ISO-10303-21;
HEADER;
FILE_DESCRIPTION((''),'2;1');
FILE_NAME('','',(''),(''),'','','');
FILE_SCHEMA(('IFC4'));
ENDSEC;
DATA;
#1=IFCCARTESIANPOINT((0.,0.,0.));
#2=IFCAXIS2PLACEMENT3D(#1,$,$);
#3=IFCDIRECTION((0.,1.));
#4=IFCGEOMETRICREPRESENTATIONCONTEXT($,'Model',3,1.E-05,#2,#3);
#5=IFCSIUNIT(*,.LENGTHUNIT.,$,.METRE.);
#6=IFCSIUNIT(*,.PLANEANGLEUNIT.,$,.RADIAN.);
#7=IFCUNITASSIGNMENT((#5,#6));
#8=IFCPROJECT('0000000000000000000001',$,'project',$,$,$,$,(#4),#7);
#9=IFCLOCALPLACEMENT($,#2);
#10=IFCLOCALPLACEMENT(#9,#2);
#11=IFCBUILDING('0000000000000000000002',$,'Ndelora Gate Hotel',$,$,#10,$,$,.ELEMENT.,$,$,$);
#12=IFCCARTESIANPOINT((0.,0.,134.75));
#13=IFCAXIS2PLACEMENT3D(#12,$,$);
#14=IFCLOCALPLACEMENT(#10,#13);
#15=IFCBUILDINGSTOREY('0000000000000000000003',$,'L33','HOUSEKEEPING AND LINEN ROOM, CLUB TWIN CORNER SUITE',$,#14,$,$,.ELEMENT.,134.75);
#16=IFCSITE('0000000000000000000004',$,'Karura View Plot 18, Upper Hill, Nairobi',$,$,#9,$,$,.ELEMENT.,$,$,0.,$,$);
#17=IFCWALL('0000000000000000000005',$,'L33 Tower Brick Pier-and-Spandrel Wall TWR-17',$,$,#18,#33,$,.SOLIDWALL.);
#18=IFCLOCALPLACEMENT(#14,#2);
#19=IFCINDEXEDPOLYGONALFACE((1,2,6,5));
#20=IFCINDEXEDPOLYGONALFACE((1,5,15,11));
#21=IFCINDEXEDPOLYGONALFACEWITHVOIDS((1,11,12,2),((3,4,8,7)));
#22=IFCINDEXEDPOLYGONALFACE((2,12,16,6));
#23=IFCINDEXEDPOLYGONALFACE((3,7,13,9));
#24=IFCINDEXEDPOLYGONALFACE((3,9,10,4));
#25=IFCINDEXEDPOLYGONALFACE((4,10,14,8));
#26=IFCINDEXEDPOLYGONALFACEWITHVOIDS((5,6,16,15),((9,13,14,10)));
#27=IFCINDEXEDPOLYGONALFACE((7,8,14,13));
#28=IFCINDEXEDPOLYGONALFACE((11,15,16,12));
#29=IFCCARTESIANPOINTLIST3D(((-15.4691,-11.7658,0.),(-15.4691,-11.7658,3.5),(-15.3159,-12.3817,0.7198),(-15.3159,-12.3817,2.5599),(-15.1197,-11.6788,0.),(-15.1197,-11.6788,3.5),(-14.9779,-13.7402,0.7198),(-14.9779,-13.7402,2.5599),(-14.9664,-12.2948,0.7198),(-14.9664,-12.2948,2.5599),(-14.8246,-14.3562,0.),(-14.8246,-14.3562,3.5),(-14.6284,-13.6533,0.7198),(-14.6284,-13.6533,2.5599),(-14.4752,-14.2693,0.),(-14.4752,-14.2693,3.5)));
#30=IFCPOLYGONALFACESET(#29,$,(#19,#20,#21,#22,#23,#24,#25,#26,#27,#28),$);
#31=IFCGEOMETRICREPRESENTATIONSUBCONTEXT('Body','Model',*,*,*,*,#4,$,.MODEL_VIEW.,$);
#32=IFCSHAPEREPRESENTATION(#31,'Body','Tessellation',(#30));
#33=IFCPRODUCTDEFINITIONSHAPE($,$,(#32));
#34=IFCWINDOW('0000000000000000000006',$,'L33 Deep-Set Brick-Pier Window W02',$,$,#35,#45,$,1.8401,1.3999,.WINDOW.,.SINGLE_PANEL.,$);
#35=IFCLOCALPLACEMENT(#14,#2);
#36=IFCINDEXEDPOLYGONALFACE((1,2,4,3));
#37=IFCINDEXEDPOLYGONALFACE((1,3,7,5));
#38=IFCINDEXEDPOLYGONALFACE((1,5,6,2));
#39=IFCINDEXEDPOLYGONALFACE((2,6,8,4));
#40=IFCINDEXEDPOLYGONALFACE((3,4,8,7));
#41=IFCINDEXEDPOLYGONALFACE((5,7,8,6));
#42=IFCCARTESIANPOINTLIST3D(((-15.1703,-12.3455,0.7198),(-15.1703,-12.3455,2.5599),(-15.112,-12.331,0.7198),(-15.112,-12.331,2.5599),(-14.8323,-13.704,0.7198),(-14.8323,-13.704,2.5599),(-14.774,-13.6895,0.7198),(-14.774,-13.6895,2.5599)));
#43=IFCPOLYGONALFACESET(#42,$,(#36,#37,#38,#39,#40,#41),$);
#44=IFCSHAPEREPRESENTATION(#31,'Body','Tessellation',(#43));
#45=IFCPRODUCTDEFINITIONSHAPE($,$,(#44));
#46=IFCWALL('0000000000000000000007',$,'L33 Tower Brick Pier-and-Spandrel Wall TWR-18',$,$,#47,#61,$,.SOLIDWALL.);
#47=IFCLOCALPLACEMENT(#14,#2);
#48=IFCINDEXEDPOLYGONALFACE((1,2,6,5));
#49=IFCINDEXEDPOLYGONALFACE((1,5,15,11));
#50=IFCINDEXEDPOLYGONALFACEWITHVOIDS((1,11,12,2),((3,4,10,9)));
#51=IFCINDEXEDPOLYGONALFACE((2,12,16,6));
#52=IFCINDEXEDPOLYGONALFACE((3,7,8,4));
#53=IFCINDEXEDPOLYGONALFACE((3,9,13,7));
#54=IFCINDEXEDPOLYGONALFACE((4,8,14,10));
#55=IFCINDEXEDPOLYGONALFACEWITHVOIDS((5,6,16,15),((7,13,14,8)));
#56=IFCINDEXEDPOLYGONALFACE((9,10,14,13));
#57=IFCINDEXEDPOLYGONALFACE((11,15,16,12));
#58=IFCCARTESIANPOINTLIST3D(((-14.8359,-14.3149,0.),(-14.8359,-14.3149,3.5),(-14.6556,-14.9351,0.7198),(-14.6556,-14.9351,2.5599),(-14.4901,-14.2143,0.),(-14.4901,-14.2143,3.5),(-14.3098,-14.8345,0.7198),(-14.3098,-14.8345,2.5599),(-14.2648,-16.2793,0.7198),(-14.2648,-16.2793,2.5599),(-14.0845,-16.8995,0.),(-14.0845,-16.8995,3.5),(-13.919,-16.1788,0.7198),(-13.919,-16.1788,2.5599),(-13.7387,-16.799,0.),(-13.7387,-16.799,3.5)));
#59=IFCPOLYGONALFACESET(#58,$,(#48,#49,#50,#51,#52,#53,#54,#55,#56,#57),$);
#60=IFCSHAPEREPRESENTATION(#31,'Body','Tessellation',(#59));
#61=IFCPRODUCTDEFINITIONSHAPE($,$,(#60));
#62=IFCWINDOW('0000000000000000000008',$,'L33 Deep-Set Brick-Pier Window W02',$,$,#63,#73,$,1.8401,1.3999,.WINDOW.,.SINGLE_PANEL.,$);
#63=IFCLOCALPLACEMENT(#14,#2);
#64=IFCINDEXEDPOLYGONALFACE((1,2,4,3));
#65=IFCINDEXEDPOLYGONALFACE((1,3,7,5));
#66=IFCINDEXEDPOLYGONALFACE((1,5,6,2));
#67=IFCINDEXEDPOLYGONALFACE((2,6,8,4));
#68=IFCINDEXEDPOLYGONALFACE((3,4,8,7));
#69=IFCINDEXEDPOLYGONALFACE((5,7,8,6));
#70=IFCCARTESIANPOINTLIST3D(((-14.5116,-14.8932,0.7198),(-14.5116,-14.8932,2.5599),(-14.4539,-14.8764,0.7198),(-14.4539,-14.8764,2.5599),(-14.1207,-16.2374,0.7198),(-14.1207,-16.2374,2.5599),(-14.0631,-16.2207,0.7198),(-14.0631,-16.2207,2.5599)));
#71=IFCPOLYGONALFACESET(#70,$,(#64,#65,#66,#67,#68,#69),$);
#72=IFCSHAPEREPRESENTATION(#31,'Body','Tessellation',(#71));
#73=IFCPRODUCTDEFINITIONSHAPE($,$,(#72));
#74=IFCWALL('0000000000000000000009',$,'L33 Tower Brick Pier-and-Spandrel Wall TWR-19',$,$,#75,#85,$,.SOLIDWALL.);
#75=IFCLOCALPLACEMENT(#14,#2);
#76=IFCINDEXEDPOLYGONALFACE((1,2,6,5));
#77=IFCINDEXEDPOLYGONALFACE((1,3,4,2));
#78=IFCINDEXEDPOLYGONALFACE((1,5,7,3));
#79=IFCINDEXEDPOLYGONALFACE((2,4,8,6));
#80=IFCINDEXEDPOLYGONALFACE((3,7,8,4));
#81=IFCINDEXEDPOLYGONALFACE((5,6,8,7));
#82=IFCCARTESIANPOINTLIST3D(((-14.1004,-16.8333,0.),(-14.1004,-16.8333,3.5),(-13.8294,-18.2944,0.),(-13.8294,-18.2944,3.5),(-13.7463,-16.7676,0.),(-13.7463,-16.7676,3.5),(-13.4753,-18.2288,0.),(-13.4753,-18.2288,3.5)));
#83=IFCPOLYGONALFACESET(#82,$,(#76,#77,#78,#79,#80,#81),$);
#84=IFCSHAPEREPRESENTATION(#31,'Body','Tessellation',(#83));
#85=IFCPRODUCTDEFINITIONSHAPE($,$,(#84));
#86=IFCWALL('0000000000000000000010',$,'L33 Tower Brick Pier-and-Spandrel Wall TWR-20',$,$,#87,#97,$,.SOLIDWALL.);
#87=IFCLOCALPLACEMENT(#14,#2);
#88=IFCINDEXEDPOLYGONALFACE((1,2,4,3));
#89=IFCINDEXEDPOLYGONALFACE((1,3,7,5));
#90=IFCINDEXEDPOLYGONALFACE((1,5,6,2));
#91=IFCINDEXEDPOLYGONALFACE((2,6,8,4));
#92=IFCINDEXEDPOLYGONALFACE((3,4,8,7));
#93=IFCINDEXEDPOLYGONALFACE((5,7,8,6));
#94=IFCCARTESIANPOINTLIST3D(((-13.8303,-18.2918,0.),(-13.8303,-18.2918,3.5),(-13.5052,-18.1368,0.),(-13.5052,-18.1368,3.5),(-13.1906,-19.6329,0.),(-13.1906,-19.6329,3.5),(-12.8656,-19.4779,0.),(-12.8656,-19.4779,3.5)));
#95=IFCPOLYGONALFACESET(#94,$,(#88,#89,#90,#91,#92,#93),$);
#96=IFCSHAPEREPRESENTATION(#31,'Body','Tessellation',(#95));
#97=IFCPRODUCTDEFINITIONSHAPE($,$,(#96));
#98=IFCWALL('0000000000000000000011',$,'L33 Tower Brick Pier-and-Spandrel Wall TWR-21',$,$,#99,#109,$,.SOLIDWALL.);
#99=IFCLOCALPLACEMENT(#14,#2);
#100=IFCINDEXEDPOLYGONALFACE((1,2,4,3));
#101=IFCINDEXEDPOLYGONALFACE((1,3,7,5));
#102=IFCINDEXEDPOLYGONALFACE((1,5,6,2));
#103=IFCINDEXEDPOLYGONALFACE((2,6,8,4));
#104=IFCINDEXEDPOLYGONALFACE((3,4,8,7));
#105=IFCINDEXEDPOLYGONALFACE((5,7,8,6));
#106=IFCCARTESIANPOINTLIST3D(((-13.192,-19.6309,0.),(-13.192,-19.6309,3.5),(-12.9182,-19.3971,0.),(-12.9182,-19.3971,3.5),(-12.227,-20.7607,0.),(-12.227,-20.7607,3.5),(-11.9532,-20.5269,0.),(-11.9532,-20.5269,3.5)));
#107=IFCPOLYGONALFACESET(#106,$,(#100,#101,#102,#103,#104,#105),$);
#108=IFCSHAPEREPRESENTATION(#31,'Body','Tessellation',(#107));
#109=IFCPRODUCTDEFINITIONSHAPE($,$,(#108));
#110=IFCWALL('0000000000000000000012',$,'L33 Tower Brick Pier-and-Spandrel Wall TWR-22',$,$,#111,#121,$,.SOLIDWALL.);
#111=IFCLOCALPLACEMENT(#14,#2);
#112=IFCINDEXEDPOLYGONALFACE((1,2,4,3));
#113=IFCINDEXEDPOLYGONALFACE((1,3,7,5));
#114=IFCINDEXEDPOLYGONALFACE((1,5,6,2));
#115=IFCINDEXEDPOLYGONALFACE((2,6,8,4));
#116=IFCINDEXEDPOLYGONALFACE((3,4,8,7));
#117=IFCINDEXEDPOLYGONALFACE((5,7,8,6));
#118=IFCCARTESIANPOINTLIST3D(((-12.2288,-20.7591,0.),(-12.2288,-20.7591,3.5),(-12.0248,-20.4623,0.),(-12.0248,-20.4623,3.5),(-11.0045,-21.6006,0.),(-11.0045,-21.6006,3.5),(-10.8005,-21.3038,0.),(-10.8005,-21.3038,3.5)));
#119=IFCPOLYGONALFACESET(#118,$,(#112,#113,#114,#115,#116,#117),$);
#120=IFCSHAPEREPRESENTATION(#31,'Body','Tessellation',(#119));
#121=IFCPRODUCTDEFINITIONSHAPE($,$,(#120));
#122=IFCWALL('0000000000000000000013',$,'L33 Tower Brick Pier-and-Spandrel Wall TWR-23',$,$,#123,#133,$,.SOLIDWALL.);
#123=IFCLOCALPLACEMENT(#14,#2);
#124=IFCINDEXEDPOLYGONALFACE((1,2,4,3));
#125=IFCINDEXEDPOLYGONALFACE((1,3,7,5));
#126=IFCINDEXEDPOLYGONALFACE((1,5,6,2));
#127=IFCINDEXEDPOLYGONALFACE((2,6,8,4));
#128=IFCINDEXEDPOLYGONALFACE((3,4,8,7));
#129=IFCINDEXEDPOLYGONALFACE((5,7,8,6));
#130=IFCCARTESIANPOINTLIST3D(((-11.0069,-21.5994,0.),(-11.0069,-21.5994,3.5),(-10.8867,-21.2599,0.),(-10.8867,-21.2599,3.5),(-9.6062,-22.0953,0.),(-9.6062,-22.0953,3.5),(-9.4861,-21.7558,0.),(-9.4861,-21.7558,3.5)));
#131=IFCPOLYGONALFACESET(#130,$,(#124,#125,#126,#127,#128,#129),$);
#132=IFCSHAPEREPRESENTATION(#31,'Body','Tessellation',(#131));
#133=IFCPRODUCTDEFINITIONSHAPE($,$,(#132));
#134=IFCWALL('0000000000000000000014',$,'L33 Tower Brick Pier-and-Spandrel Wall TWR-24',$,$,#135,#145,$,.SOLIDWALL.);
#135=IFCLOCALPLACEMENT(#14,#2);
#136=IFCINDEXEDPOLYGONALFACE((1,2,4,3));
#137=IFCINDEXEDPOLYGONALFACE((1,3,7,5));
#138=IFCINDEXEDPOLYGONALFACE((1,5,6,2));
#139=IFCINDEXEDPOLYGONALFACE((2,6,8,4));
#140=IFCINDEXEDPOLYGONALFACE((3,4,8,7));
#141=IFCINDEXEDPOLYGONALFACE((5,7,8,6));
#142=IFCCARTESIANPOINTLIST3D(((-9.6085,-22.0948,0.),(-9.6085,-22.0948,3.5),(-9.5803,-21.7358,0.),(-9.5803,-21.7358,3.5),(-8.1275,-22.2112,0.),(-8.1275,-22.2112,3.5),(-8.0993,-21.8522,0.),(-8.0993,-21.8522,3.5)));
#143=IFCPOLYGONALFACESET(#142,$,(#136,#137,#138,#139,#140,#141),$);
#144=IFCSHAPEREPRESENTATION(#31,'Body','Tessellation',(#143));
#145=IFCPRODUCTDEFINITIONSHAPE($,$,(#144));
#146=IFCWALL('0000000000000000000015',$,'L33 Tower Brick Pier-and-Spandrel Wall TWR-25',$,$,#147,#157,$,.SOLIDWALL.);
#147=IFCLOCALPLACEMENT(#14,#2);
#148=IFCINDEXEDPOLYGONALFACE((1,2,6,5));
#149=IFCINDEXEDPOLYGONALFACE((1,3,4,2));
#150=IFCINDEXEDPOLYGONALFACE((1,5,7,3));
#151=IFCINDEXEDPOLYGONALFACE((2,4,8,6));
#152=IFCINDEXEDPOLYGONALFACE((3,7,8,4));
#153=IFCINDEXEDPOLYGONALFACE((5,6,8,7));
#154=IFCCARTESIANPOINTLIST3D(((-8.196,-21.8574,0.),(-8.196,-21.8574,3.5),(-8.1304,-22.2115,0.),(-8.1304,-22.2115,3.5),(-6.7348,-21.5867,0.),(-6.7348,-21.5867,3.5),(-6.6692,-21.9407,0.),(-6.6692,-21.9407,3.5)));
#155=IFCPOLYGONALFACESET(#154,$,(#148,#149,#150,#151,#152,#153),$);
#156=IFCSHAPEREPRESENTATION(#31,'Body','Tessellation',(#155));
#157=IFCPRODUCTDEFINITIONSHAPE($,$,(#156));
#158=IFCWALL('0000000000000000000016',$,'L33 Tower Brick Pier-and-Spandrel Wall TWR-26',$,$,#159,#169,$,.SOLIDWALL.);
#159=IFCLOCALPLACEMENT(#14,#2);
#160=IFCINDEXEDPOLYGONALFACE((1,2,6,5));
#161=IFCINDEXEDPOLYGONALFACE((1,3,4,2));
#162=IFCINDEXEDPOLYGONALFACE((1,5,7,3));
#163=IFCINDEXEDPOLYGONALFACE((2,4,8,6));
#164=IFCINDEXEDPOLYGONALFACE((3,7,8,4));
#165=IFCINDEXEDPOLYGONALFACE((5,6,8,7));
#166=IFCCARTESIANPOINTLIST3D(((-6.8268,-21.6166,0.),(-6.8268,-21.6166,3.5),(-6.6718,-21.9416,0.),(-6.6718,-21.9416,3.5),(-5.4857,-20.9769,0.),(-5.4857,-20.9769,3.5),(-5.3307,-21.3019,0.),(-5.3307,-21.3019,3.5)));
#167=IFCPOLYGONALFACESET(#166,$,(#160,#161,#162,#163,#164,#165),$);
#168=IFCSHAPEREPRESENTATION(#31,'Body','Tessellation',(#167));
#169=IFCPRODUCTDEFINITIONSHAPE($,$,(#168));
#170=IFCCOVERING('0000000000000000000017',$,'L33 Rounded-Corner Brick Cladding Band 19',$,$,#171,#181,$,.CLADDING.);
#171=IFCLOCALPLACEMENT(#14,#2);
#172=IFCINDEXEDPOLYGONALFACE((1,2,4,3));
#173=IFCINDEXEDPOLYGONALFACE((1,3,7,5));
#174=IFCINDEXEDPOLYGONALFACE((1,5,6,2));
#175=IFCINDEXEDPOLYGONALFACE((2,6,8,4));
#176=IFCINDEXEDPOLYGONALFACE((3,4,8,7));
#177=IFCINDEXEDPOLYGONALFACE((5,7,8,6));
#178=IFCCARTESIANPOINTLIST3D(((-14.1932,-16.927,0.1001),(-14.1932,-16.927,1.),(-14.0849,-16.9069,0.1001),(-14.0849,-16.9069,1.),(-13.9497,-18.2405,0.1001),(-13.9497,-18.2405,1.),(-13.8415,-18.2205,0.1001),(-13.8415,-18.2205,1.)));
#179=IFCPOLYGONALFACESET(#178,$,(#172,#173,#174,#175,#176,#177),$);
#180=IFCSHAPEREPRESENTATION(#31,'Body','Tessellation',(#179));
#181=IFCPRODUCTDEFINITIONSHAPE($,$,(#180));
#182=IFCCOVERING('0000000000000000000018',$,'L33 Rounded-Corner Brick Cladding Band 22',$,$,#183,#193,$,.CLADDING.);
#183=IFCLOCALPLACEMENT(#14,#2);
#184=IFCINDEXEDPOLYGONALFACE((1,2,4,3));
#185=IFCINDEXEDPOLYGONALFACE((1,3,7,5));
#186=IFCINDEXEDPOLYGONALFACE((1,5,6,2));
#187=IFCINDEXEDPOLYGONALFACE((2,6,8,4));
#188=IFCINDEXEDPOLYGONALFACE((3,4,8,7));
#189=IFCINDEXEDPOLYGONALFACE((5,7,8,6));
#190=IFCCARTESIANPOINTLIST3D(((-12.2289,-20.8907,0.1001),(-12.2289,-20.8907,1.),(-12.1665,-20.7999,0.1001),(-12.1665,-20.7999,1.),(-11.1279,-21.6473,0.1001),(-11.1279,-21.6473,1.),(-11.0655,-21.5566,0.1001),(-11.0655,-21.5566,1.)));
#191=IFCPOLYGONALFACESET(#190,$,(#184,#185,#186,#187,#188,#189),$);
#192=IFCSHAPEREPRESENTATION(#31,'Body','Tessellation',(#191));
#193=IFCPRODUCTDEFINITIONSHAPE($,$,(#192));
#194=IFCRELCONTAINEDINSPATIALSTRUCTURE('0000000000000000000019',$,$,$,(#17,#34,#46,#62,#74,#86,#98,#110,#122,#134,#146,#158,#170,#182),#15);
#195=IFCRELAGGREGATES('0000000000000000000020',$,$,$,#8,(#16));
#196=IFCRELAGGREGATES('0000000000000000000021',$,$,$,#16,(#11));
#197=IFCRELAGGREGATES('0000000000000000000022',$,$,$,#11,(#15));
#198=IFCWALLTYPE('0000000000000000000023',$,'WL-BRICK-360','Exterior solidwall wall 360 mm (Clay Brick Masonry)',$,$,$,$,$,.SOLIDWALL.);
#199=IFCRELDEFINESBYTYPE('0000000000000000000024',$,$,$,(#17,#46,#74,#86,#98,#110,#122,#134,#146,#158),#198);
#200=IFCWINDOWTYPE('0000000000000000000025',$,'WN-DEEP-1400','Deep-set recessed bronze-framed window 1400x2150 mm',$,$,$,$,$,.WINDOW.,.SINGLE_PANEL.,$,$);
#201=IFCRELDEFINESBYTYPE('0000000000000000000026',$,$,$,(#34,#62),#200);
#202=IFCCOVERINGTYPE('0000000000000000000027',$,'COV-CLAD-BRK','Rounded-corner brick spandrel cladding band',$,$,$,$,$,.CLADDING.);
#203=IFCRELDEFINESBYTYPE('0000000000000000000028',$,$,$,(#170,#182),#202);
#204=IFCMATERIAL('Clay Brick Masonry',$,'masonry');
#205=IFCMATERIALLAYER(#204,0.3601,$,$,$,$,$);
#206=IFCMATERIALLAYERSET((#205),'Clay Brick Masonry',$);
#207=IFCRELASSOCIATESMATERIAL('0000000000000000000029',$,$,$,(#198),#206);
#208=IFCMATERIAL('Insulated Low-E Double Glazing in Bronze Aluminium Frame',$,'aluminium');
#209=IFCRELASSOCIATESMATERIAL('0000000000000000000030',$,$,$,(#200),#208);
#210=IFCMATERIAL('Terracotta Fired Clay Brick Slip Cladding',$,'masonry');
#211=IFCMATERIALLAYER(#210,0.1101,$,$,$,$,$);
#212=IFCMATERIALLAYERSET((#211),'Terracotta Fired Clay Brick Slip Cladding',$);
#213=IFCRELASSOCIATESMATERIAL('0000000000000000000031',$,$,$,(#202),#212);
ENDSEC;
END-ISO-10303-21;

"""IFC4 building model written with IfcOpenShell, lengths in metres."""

from ifc_helpers import new_model, si_unit, direction, frame, frame_2d, origin, origin_2d, place, context, subcontext, project, spatial, rectangle, extrude, material, layer, layer_set, type_object, element, fill, save


model = new_model("IFC4")

# Units and contexts
model_context = context("Model", 3, precision=1e-05, world=origin(), true_north=direction((0.0, 1.0)))
body_context = subcontext(model_context, "Body", "Model", "MODEL_VIEW")
ifc_project = project(units=[si_unit("LENGTHUNIT", "METRE"), si_unit("PLANEANGLEUNIT", "RADIAN")], contexts=[model_context])

# Site, building, storey
site_placement = place(None, origin())
site = spatial("IfcSite", under=ifc_project, at=site_placement, Name="Karura View Plot 18, Upper Hill, Nairobi", CompositionType="ELEMENT", RefElevation=0.0)
building_placement = place(site_placement, origin())
building = spatial("IfcBuilding", under=site, at=building_placement, Name="Ndelora Gate Hotel", CompositionType="ELEMENT")
storey_placement = place(building_placement, frame((0.0, 0.0, 134.75)))
storey = spatial("IfcBuildingStorey", under=building, at=storey_placement, Name="L33", Description="HOUSEKEEPING AND LINEN ROOM, CLUB TWIN CORNER SUITE", CompositionType="ELEMENT", Elevation=134.75)

# Walls, openings, windows
ifc_material_1 = material(Name="Clay Brick Masonry", Category="masonry")
ifc_layer_1 = layer(ifc_material_1, 0.3601)
ifc_layer_set_1 = layer_set([ifc_layer_1], Name="Clay Brick Masonry")
wall_type = type_object("IfcWallType", Name="WL-BRICK-360", Description="Exterior solidwall wall 360 mm (Clay Brick Masonry)", PredefinedType="SOLIDWALL", material=ifc_layer_set_1)
ifc_material_2 = material(Name="Insulated Low-E Double Glazing in Bronze Aluminium Frame", Category="aluminium")
wall_1_placement = place(storey_placement, frame((-14.6499, -14.3127, 0.0), z_axis=(0.0, 0.0, 1.0), x_axis=(-0.241438, 0.970416, 0.0)))
wall_1 = element("IfcWall", 1, at=wall_1_placement, inside=storey, type_object=wall_type, Name="L33 Tower Brick Pier-and-Spandrel Wall TWR-17", PredefinedType="SOLIDWALL", context=body_context, shape_type="SweptSolid", body=[
    extrude(rectangle(XDim=2.6694, YDim=0.3601, at=frame_2d((1.3347, 0.0))), origin(), (0.0, 0.0, 1.0), 3.5),
])
opening_1_placement = place(wall_1_placement, frame((0.6348, 0.0, 0.72)))
opening_1 = element("IfcOpeningElement", 2, at=opening_1_placement, cuts=wall_1, PredefinedType="OPENING", context=body_context, shape_type="SweptSolid", body=[
    extrude(rectangle(XDim=1.3999, YDim=1.8401, at=frame_2d((0.7, 0.9199))), frame((0.0, 0.1899, 0.0), z_axis=(0.0, -1.0, 0.0), x_axis=(1.0, 0.0, 0.0)), (0.0, 0.0, 1.0), 0.3801),
])
window_type_1 = type_object("IfcWindowType", Name="WN-DEEP-1400", Description="Deep-set recessed bronze-framed window 1400x2150 mm", PartitioningType="SINGLE_PANEL", PredefinedType="WINDOW", material=ifc_material_2)
window_1_placement = place(opening_1_placement, origin())
window_1 = element("IfcWindow", 3, at=window_1_placement, inside=storey, type_object=window_type_1, Name="L33 Deep-Set Brick-Pier Window W02", OverallHeight=1.8401, OverallWidth=1.3999, PartitioningType="SINGLE_PANEL", PredefinedType="WINDOW", context=body_context, shape_type="SweptSolid", body=[
    extrude(rectangle(XDim=1.3999, YDim=1.8401, at=frame_2d((0.7, 0.9199))), frame((0.0, 0.03, 0.0), z_axis=(0.0, -1.0, 0.0), x_axis=(1.0, 0.0, 0.0)), (0.0, 0.0, 1.0), 0.0601),
])
fill(opening_1, window_1)
wall_2_placement = place(storey_placement, frame((-13.9116, -16.8491, 0.0), z_axis=(0.0, 0.0, 1.0), x_axis=(-0.279174, 0.96024, 0.0)))
wall_2 = element("IfcWall", 4, at=wall_2_placement, inside=storey, type_object=wall_type, Name="L33 Tower Brick Pier-and-Spandrel Wall TWR-18", PredefinedType="SOLIDWALL", context=body_context, shape_type="SweptSolid", body=[
    extrude(rectangle(XDim=2.6917, YDim=0.3601, at=frame_2d((1.3457, 0.0))), origin(), (0.0, 0.0, 1.0), 3.5),
])
opening_2_placement = place(wall_2_placement, frame((0.6458, 0.0, 0.72)))
opening_2 = element("IfcOpeningElement", 5, at=opening_2_placement, cuts=wall_2, PredefinedType="OPENING", context=body_context, shape_type="SweptSolid", body=[
    extrude(rectangle(XDim=1.3999, YDim=1.8401, at=frame_2d((0.7, 0.9199))), frame((0.0, 0.1899, 0.0), z_axis=(0.0, -1.0, 0.0), x_axis=(1.0, 0.0, 0.0)), (0.0, 0.0, 1.0), 0.3801),
])
window_2_placement = place(opening_2_placement, origin())
window_2 = element("IfcWindow", 6, at=window_2_placement, inside=storey, type_object=window_type_1, Name="L33 Deep-Set Brick-Pier Window W02", OverallHeight=1.8401, OverallWidth=1.3999, PartitioningType="SINGLE_PANEL", PredefinedType="WINDOW", context=body_context, shape_type="SweptSolid", body=[
    extrude(rectangle(XDim=1.3999, YDim=1.8401, at=frame_2d((0.7, 0.9199))), frame((0.0, 0.03, 0.0), z_axis=(0.0, -1.0, 0.0), x_axis=(1.0, 0.0, 0.0)), (0.0, 0.0, 1.0), 0.0601),
])
fill(opening_2, window_2)

# Walls
wall_3_placement = place(storey_placement, frame((-13.6523, -18.2617, 0.0), z_axis=(0.0, 0.0, 1.0), x_axis=(-0.182354, 0.983233, 0.0)))
element("IfcWall", 7, at=wall_3_placement, inside=storey, type_object=wall_type, Name="L33 Tower Brick Pier-and-Spandrel Wall TWR-19", PredefinedType="SOLIDWALL", context=body_context, shape_type="SweptSolid", body=[
    extrude(rectangle(XDim=1.4861, YDim=0.3601, at=frame_2d((0.7432, 0.0))), origin(), (0.0, 0.0, 1.0), 3.5),
])
for number, where, z_axis, x_axis, name in (
    (8, (-13.0281, -19.5554, 0.0), (0.0, 0.0, 1.0), (-0.430508, 0.902587, 0.0), "L33 Tower Brick Pier-and-Spandrel Wall TWR-20"),
    (9, (-12.0901, -20.6438, 0.0), (0.0, 0.0, 1.0), (-0.649478, 0.76038, 0.0), "L33 Tower Brick Pier-and-Spandrel Wall TWR-21"),
):
    element("IfcWall", number, at=place(storey_placement, frame(where, z_axis=z_axis, x_axis=x_axis)), inside=storey, type_object=wall_type, Name=name, PredefinedType="SOLIDWALL", context=body_context, shape_type="SweptSolid", body=[
        extrude(rectangle(XDim=1.4858, YDim=0.3601, at=frame_2d((0.7429, 0.0))), origin(), (0.0, 0.0, 1.0), 3.5),
    ])
wall_4_placement = place(storey_placement, frame((-10.9026, -21.4521, 0.0), z_axis=(0.0, 0.0, 1.0), x_axis=(-0.824104, 0.566438, 0.0)))
element("IfcWall", 10, at=wall_4_placement, inside=storey, type_object=wall_type, Name="L33 Tower Brick Pier-and-Spandrel Wall TWR-22", PredefinedType="SOLIDWALL", context=body_context, shape_type="SweptSolid", body=[
    extrude(rectangle(XDim=1.4856, YDim=0.3601, at=frame_2d((0.7427, 0.0))), origin(), (0.0, 0.0, 1.0), 3.5),
])
wall_5_placement = place(storey_placement, frame((-9.5461, -21.9255, 0.0), z_axis=(0.0, 0.0, 1.0), x_axis=(-0.942671, 0.333722, 0.0)))
element("IfcWall", 11, at=wall_5_placement, inside=storey, type_object=wall_type, Name="L33 Tower Brick Pier-and-Spandrel Wall TWR-23", PredefinedType="SOLIDWALL", context=body_context, shape_type="SweptSolid", body=[
    extrude(rectangle(XDim=1.4858, YDim=0.3601, at=frame_2d((0.7429, 0.0))), origin(), (0.0, 0.0, 1.0), 3.5),
])
wall_6_placement = place(storey_placement, frame((-8.1135, -22.0317, 0.0), z_axis=(0.0, 0.0, 1.0), x_axis=(-0.996923, 0.078393, 0.0)))
element("IfcWall", 12, at=wall_6_placement, inside=storey, type_object=wall_type, Name="L33 Tower Brick Pier-and-Spandrel Wall TWR-24", PredefinedType="SOLIDWALL", context=body_context, shape_type="SweptSolid", body=[
    extrude(rectangle(XDim=1.4856, YDim=0.3601, at=frame_2d((0.7427, 0.0))), origin(), (0.0, 0.0, 1.0), 3.5),
])
wall_7_placement = place(storey_placement, frame((-6.7019, -21.7637, 0.0), z_axis=(0.0, 0.0, 1.0), x_axis=(-0.983262, -0.182195, 0.0)))
element("IfcWall", 13, at=wall_7_placement, inside=storey, type_object=wall_type, Name="L33 Tower Brick Pier-and-Spandrel Wall TWR-25", PredefinedType="SOLIDWALL", context=body_context, shape_type="SweptSolid", body=[
    extrude(rectangle(XDim=1.4861, YDim=0.3601, at=frame_2d((0.7432, 0.0))), origin(), (0.0, 0.0, 1.0), 3.5),
])
wall_8_placement = place(storey_placement, frame((-5.4082, -21.1394, 0.0), z_axis=(0.0, 0.0, 1.0), x_axis=(-0.902587, -0.430508, 0.0)))
element("IfcWall", 14, at=wall_8_placement, inside=storey, type_object=wall_type, Name="L33 Tower Brick Pier-and-Spandrel Wall TWR-26", PredefinedType="SOLIDWALL", context=body_context, shape_type="SweptSolid", body=[
    extrude(rectangle(XDim=1.4858, YDim=0.3601, at=frame_2d((0.7429, 0.0))), origin(), (0.0, 0.0, 1.0), 3.5),
])

# Coverings
ifc_material_3 = material(Name="Terracotta Fired Clay Brick Slip Cladding", Category="masonry")
ifc_layer_2 = layer(ifc_material_3, 0.1101)
ifc_layer_set_2 = layer_set([ifc_layer_2], Name="Terracotta Fired Clay Brick Slip Cladding")
covering_type_1 = type_object("IfcCoveringType", Name="COV-CLAD-BRK", Description="Rounded-corner brick spandrel cladding band", PredefinedType="CLADDING", material=ifc_layer_set_2)
for number, where, z_axis, x_axis, name in (
    (15, (-14.0173, -17.5737, 0.1001), (0.0, 0.0, 1.0), (-0.182236, 0.983255, 0.0), "L33 Rounded-Corner Brick Cladding Band 19"),
    (16, (-11.6472, -21.2236, 0.1001), (0.0, 0.0, 1.0), (-0.824126, 0.566406, 0.0), "L33 Rounded-Corner Brick Cladding Band 22"),
):
    element("IfcCovering", number, at=place(storey_placement, frame(where, z_axis=z_axis, x_axis=x_axis)), inside=storey, type_object=covering_type_1, Name=name, PredefinedType="CLADDING", context=body_context, shape_type="SweptSolid", body=[
        extrude(rectangle(XDim=1.3359, YDim=0.1101, at=origin_2d()), origin(), (0.0, 0.0, 1.0), 0.8999),
    ])

save(model, "model.ifc")
